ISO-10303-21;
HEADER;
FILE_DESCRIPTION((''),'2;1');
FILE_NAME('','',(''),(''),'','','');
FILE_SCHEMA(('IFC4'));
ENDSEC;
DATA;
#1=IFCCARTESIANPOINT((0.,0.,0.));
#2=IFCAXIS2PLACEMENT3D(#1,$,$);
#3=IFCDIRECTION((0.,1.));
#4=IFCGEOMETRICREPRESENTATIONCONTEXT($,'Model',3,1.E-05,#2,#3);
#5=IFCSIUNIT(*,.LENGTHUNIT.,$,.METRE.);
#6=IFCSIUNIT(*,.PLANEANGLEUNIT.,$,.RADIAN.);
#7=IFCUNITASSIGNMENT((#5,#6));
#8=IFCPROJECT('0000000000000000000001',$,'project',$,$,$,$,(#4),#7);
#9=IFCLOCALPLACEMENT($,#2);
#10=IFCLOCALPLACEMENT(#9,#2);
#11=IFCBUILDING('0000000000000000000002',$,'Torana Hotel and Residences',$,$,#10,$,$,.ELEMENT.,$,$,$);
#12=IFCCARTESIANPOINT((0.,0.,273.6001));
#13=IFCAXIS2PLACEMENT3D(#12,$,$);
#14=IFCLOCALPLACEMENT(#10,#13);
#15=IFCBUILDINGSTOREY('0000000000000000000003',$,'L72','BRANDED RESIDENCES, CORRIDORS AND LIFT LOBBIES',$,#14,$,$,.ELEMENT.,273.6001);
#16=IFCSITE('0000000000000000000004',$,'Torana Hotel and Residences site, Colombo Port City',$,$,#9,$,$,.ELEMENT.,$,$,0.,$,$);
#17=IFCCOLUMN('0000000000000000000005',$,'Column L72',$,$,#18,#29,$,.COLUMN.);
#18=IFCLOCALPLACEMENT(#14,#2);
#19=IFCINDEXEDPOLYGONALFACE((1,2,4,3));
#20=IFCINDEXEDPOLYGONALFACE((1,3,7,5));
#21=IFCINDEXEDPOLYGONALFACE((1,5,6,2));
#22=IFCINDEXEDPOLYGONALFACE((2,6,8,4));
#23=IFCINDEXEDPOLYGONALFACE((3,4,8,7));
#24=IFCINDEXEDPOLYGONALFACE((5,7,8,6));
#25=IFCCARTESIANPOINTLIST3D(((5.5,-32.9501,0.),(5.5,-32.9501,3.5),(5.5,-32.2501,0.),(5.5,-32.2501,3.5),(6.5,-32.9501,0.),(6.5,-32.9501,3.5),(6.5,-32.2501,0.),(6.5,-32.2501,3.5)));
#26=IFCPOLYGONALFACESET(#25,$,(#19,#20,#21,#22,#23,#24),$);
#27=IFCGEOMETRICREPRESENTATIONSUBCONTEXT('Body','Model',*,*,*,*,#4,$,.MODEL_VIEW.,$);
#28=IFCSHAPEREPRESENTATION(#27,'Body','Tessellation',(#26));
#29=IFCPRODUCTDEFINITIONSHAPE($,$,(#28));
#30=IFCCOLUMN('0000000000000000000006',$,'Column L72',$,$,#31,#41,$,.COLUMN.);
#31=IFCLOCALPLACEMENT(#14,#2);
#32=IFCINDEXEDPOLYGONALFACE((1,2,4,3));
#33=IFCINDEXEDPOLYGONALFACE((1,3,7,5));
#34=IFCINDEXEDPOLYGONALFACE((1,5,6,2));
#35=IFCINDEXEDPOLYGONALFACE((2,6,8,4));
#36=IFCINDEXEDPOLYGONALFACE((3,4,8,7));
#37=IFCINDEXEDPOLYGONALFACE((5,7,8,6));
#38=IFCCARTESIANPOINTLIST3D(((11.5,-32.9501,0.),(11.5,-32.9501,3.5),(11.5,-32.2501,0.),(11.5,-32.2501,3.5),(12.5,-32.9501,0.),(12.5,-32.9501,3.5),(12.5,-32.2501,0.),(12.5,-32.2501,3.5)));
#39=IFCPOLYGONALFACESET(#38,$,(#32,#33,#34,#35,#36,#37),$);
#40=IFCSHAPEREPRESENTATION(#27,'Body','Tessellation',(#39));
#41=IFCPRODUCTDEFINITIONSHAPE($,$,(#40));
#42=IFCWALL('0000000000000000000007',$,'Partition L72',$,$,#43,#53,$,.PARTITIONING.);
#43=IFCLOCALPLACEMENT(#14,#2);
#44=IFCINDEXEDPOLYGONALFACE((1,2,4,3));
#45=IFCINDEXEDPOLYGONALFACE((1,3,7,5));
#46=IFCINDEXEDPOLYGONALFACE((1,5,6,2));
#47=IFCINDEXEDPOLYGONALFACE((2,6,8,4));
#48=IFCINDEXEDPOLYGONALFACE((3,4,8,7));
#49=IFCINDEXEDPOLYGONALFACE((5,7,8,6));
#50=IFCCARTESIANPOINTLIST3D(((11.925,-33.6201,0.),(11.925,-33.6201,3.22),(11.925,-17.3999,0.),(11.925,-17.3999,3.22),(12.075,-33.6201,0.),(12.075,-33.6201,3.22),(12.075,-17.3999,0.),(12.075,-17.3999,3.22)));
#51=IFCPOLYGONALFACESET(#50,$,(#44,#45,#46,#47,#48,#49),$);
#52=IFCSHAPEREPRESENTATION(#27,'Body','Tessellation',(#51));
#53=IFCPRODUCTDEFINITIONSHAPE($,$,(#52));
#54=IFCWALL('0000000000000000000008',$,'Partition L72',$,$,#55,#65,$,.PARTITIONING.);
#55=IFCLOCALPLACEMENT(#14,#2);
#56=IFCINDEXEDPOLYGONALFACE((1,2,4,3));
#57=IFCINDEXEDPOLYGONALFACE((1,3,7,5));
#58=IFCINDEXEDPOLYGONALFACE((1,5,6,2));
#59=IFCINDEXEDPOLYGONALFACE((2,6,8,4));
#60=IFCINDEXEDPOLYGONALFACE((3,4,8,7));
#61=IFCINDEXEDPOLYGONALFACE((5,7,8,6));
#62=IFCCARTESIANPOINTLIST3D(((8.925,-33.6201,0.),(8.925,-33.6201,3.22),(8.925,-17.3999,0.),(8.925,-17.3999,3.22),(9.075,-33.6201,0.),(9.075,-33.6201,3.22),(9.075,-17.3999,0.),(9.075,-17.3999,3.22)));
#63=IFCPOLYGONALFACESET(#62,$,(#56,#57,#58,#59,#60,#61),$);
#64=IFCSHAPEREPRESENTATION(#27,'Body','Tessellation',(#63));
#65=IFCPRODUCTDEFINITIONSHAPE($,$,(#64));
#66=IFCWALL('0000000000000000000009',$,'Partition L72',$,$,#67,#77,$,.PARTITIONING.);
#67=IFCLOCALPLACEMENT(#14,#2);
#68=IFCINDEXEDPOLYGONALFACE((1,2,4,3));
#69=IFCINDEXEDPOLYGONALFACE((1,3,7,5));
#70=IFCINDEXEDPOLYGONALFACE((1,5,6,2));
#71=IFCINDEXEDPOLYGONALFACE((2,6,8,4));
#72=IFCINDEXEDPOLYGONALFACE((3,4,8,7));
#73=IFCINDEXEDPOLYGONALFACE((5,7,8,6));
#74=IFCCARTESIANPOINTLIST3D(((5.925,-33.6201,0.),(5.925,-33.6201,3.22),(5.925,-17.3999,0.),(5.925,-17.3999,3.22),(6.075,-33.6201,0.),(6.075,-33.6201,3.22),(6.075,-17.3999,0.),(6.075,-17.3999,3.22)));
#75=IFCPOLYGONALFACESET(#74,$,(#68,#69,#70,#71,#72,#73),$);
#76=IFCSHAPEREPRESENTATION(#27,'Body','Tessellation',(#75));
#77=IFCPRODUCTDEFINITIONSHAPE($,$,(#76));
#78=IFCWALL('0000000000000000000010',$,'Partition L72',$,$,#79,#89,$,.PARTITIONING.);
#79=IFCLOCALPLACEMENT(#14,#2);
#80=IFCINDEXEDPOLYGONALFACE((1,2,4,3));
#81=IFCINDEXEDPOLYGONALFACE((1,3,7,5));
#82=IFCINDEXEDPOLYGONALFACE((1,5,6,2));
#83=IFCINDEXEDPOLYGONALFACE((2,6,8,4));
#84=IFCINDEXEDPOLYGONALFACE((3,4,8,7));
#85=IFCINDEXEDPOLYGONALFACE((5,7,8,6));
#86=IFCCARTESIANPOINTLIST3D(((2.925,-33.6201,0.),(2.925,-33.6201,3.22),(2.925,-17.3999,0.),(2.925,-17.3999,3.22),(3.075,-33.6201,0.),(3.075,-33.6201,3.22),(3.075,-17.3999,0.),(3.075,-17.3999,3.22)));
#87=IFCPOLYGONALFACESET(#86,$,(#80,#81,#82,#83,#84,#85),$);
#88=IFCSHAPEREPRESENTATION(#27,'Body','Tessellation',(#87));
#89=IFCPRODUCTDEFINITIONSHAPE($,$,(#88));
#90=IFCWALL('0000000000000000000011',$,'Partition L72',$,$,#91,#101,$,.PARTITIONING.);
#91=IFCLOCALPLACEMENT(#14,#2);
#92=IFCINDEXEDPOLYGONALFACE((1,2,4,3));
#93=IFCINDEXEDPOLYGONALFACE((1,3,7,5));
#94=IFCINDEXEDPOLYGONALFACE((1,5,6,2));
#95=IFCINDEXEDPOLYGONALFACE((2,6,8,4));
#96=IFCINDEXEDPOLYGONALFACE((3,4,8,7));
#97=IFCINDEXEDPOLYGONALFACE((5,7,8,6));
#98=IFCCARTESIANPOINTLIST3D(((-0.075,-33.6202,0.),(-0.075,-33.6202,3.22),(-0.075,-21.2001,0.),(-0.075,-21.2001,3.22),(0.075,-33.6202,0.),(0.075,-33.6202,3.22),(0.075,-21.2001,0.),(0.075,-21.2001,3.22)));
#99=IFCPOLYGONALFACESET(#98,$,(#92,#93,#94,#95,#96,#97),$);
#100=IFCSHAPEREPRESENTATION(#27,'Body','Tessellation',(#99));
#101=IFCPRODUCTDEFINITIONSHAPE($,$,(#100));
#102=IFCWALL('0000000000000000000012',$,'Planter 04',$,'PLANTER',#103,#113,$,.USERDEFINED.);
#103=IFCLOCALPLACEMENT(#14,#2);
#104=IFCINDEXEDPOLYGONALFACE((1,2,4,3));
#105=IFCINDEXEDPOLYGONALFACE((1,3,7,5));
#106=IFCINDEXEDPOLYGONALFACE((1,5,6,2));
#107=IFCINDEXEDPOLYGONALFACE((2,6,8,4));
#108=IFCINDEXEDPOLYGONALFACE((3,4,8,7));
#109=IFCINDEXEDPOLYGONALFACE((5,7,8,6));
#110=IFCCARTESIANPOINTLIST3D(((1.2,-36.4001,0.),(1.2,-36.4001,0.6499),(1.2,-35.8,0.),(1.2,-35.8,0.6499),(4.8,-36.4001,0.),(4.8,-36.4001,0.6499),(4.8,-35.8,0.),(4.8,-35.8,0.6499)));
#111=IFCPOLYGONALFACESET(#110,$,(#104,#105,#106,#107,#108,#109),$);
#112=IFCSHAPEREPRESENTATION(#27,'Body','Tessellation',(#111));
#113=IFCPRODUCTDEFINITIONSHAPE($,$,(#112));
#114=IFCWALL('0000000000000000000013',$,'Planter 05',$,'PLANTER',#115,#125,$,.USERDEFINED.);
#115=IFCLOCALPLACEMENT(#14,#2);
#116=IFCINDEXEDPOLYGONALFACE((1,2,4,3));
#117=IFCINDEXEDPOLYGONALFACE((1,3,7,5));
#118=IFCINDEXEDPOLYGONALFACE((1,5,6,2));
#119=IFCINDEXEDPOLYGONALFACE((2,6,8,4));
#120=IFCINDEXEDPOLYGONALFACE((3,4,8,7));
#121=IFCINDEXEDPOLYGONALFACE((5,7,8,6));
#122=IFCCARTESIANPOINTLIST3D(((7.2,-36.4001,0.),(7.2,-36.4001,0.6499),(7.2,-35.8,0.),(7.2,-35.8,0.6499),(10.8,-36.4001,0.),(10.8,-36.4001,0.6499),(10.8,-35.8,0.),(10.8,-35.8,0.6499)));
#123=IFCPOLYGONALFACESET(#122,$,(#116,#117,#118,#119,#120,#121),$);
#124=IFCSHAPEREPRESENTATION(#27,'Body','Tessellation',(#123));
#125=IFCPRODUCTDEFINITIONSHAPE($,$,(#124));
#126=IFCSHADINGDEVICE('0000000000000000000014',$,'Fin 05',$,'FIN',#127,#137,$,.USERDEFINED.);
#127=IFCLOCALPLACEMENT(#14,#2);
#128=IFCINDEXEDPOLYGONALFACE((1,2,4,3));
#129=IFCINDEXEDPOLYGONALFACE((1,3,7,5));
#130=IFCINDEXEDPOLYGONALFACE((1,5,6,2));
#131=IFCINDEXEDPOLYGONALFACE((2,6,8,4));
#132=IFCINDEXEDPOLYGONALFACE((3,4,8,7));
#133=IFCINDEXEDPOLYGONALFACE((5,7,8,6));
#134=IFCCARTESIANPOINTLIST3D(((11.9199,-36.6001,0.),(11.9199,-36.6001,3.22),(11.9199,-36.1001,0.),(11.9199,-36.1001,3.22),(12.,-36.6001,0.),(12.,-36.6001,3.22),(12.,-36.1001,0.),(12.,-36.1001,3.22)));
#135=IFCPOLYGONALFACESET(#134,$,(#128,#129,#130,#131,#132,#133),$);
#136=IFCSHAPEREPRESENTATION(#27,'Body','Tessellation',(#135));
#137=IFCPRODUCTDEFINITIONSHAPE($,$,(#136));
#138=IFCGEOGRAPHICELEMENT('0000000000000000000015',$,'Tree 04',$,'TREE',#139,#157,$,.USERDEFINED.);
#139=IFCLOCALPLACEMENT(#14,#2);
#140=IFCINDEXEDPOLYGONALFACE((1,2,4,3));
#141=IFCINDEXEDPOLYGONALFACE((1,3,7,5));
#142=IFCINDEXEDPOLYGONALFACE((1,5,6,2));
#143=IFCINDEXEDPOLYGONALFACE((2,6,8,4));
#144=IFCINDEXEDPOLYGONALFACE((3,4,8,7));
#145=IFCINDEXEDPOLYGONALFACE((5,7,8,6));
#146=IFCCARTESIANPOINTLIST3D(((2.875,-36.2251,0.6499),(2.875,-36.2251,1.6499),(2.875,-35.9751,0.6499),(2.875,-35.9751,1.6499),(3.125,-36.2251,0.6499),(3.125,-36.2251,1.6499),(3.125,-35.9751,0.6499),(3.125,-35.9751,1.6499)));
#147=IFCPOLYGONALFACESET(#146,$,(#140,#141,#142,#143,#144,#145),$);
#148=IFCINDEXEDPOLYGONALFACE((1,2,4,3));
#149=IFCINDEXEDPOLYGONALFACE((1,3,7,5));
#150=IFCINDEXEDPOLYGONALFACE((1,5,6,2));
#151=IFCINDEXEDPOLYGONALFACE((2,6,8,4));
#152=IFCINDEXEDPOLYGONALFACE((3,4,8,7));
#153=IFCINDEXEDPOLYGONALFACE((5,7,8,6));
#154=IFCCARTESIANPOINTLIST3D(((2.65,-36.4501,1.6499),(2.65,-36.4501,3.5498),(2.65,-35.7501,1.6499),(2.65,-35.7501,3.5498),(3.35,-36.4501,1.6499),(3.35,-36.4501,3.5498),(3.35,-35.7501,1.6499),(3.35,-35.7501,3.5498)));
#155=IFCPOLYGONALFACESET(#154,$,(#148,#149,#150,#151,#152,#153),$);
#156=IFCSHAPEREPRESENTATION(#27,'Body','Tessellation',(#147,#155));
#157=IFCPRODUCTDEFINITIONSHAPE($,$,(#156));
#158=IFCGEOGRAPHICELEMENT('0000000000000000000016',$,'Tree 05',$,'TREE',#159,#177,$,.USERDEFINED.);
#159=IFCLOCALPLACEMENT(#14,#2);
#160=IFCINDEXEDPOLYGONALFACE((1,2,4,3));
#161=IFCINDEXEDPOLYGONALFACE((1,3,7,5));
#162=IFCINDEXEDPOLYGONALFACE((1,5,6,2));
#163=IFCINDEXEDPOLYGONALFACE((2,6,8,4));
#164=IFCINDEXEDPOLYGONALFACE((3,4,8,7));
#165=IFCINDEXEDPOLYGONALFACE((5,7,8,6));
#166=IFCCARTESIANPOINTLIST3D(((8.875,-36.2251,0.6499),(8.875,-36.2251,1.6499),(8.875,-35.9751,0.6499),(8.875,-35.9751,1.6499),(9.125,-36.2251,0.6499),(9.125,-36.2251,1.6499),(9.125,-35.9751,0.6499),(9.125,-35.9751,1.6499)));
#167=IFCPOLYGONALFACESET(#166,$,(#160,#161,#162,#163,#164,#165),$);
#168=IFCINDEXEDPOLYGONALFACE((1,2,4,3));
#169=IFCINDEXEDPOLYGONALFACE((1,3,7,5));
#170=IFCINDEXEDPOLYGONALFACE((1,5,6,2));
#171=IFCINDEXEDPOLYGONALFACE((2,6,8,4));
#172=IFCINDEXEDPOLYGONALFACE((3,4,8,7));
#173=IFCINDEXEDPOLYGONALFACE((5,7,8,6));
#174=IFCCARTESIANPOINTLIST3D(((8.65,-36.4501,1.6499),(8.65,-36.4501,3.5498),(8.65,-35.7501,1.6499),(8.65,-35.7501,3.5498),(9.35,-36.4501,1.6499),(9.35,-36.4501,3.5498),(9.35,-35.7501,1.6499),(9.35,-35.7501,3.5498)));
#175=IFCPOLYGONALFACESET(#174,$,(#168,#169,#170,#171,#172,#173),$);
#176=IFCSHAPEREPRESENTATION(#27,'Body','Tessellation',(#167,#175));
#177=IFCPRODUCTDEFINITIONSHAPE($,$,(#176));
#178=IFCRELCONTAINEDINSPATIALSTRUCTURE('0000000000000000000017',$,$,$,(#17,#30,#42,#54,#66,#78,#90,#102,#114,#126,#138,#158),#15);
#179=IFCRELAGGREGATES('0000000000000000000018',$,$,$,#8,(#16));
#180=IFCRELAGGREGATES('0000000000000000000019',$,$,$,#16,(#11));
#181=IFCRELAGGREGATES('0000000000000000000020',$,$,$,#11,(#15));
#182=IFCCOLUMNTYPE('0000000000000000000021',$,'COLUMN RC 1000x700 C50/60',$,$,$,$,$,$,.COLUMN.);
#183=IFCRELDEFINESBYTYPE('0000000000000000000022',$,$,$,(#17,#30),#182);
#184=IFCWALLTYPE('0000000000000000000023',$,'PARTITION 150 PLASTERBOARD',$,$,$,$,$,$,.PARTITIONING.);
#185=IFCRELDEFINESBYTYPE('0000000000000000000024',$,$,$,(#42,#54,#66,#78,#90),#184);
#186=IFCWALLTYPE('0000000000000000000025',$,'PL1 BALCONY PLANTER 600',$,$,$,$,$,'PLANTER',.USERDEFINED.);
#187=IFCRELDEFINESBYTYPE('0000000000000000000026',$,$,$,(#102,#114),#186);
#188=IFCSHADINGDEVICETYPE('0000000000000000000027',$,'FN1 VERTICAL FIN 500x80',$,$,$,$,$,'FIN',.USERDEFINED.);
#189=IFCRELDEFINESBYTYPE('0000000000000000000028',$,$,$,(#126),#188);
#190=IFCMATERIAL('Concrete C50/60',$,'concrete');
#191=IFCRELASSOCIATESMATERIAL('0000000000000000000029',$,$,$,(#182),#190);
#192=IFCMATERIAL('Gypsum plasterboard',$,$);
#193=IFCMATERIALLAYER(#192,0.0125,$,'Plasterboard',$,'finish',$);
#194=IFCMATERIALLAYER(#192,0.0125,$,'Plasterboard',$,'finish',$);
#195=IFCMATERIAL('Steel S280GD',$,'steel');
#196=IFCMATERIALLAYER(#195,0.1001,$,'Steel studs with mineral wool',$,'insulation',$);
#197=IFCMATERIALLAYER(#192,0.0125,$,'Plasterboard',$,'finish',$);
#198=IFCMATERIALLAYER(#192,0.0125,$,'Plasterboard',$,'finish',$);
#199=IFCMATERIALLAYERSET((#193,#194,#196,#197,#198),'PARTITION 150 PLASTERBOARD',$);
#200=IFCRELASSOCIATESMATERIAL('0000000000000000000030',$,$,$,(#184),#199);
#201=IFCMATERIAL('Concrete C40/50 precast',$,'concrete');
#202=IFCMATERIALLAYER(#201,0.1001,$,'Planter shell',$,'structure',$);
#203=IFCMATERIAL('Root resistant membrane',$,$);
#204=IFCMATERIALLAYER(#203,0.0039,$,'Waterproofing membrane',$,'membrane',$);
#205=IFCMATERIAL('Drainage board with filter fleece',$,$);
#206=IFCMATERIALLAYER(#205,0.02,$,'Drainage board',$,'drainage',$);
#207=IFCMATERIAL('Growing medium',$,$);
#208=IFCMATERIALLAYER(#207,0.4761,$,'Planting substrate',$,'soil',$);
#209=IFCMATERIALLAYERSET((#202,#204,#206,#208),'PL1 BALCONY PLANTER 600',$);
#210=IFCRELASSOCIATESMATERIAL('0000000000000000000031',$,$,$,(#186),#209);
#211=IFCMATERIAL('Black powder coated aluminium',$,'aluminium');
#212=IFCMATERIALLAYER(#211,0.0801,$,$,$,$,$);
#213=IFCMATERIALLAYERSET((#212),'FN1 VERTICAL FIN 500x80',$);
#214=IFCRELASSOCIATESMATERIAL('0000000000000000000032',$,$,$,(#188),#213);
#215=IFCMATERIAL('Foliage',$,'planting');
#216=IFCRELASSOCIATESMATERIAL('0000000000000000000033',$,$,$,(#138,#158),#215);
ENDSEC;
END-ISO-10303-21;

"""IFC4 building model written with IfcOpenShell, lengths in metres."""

from ifc_helpers import new_model, si_unit, direction, frame, frame_2d, origin, origin_2d, place, context, subcontext, project, spatial, rectangle, extrude, material, layer, layer_set, material_profile, profile_set, type_object, element, save


model = new_model("IFC4")

# Units and contexts
model_context = context("Model", 3, precision=1e-05, world=origin(), true_north=direction((0.0, 1.0)))
body_context = subcontext(model_context, "Body", "Model", "MODEL_VIEW")
ifc_project = project(units=[si_unit("LENGTHUNIT", "METRE"), si_unit("PLANEANGLEUNIT", "RADIAN")], contexts=[model_context])

# Site, building, storey
site_placement = place(None, origin())
site = spatial("IfcSite", under=ifc_project, at=site_placement, Name="Torana Hotel and Residences site, Colombo Port City", CompositionType="ELEMENT", RefElevation=0.0)
building_placement = place(site_placement, origin())
building = spatial("IfcBuilding", under=site, at=building_placement, Name="Torana Hotel and Residences", CompositionType="ELEMENT")
storey_placement = place(building_placement, frame((0.0, 0.0, 273.6001)))
storey = spatial("IfcBuildingStorey", under=building, at=storey_placement, Name="L72", Description="BRANDED RESIDENCES, CORRIDORS AND LIFT LOBBIES", CompositionType="ELEMENT", Elevation=273.6001)

# Columns
ifc_material_1 = material(Name="Concrete C50/60", Category="concrete")
ifc_material_profile = material_profile(ifc_material_1, rectangle(XDim=1.0, YDim=0.7, at=origin_2d()), Name="RC 1000x700")
ifc_profile_set = profile_set([ifc_material_profile], Name="Concrete C50/60")
column_type = type_object("IfcColumnType", Name="COLUMN RC 1000x700 C50/60", PredefinedType="COLUMN", material=ifc_profile_set)
for number, where, z_axis, x_axis, name in (
    (1, (6.0, -32.6001, 0.0), (0.0, 0.0, 1.0), (1.0, 0.0, 0.0), "Column L72"),
    (2, (12.0, -32.6001, 0.0), (0.0, 0.0, 1.0), (1.0, 0.0, 0.0), "Column L72"),
):
    element("IfcColumn", number, at=place(storey_placement, frame(where, z_axis=z_axis, x_axis=x_axis)), inside=storey, type_object=column_type, Name=name, PredefinedType="COLUMN", context=body_context, shape_type="SweptSolid", body=[
        extrude(rectangle(XDim=1.0, YDim=0.7, at=origin_2d()), origin(), (0.0, 0.0, 1.0), 3.5),
    ])

# Walls
ifc_material_2 = material(Name="Gypsum plasterboard")
ifc_layer_1 = layer(ifc_material_2, 0.0125, Name="Plasterboard", Category="finish")
ifc_layer_2 = layer(ifc_material_2, 0.0125, Name="Plasterboard", Category="finish")
ifc_material_3 = material(Name="Steel S280GD", Category="steel")
ifc_layer_3 = layer(ifc_material_3, 0.1001, Name="Steel studs with mineral wool", Category="insulation")
ifc_layer_4 = layer(ifc_material_2, 0.0125, Name="Plasterboard", Category="finish")
ifc_layer_5 = layer(ifc_material_2, 0.0125, Name="Plasterboard", Category="finish")
ifc_layer_set_1 = layer_set([ifc_layer_1, ifc_layer_2, ifc_layer_3, ifc_layer_4, ifc_layer_5], Name="PARTITION 150 PLASTERBOARD")
wall_type_1 = type_object("IfcWallType", Name="PARTITION 150 PLASTERBOARD", PredefinedType="PARTITIONING", material=ifc_layer_set_1)
for number, where, z_axis, x_axis, name in (
    (3, (12.0, -33.6201, 0.0), (0.0, 0.0, 1.0), (0.0, 1.0, 0.0), "Partition L72"),
    (4, (9.0, -33.6201, 0.0), (0.0, 0.0, 1.0), (0.0, 1.0, 0.0), "Partition L72"),
    (5, (6.0, -33.6201, 0.0), (0.0, 0.0, 1.0), (0.0, 1.0, 0.0), "Partition L72"),
    (6, (3.0, -33.6201, 0.0), (0.0, 0.0, 1.0), (0.0, 1.0, 0.0), "Partition L72"),
):
    element("IfcWall", number, at=place(storey_placement, frame(where, z_axis=z_axis, x_axis=x_axis)), inside=storey, type_object=wall_type_1, Name=name, PredefinedType="PARTITIONING", context=body_context, shape_type="SweptSolid", body=[
        extrude(rectangle(XDim=16.2202, YDim=0.1499, at=frame_2d((8.1101, 0.0))), origin(), (0.0, 0.0, 1.0), 3.22),
    ])
wall_placement = place(storey_placement, frame((0.0, -33.6201, 0.0), z_axis=(0.0, 0.0, 1.0), x_axis=(0.0, 1.0, 0.0)))
element("IfcWall", 7, at=wall_placement, inside=storey, type_object=wall_type_1, Name="Partition L72", PredefinedType="PARTITIONING", context=body_context, shape_type="SweptSolid", body=[
    extrude(rectangle(XDim=12.4202, YDim=0.1499, at=frame_2d((6.21, 0.0))), origin(), (0.0, 0.0, 1.0), 3.22),
])
ifc_material_4 = material(Name="Concrete C40/50 precast", Category="concrete")
ifc_layer_6 = layer(ifc_material_4, 0.1001, Name="Planter shell", Category="structure")
ifc_material_5 = material(Name="Root resistant membrane")
ifc_layer_7 = layer(ifc_material_5, 0.0039, Name="Waterproofing membrane", Category="membrane")
ifc_material_6 = material(Name="Drainage board with filter fleece")
ifc_layer_8 = layer(ifc_material_6, 0.02, Name="Drainage board", Category="drainage")
ifc_material_7 = material(Name="Growing medium")
ifc_layer_9 = layer(ifc_material_7, 0.4761, Name="Planting substrate", Category="soil")
ifc_layer_set_2 = layer_set([ifc_layer_6, ifc_layer_7, ifc_layer_8, ifc_layer_9], Name="PL1 BALCONY PLANTER 600")
wall_type_2 = type_object("IfcWallType", Name="PL1 BALCONY PLANTER 600", ElementType="PLANTER", PredefinedType="USERDEFINED", material=ifc_layer_set_2)
for number, where, z_axis, x_axis, name in (
    (8, (4.8, -36.1001, 0.0), (0.0, 0.0, 1.0), (-1.0, 0.0, 0.0), "Planter 04"),
    (9, (10.8, -36.1001, 0.0), (0.0, 0.0, 1.0), (-1.0, 0.0, 0.0), "Planter 05"),
):
    element("IfcWall", number, at=place(storey_placement, frame(where, z_axis=z_axis, x_axis=x_axis)), inside=storey, type_object=wall_type_2, Name=name, ObjectType="PLANTER", PredefinedType="USERDEFINED", context=body_context, shape_type="SweptSolid", body=[
        extrude(rectangle(XDim=3.6001, YDim=0.6001, at=frame_2d((1.8, 0.0))), origin(), (0.0, 0.0, 1.0), 0.6499),
    ])

# Shading device
ifc_material_8 = material(Name="Black powder coated aluminium", Category="aluminium")
ifc_layer_10 = layer(ifc_material_8, 0.0801)
ifc_layer_set_3 = layer_set([ifc_layer_10], Name="FN1 VERTICAL FIN 500x80")
shading_device_type = type_object("IfcShadingDeviceType", Name="FN1 VERTICAL FIN 500x80", ElementType="FIN", PredefinedType="USERDEFINED", material=ifc_layer_set_3)
shading_device_placement = place(storey_placement, frame((11.96, -36.3501, 0.0), z_axis=(0.0, 0.0, 1.0), x_axis=(-1.0, 0.0, 0.0)))
element("IfcShadingDevice", 10, at=shading_device_placement, inside=storey, type_object=shading_device_type, Name="Fin 05", ObjectType="FIN", PredefinedType="USERDEFINED", context=body_context, shape_type="SweptSolid", body=[
    extrude(rectangle(XDim=0.0801, YDim=0.5, at=origin_2d()), origin(), (0.0, 0.0, 1.0), 3.22),
])

# Geographic elements
ifc_material_9 = material(Name="Foliage", Category="planting")
for number, where, z_axis, x_axis, name in (
    (11, (3.0, -36.1001, 0.6499), (0.0, 0.0, 1.0), (1.0, 0.0, 0.0), "Tree 04"),
    (12, (9.0, -36.1001, 0.6499), (0.0, 0.0, 1.0), (1.0, 0.0, 0.0), "Tree 05"),
):
    element("IfcGeographicElement", number, at=place(storey_placement, frame(where, z_axis=z_axis, x_axis=x_axis)), inside=storey, material=ifc_material_9, Name=name, ObjectType="TREE", PredefinedType="USERDEFINED", context=body_context, shape_type="SweptSolid", body=[
        extrude(rectangle(XDim=0.25, YDim=0.25, at=origin_2d()), origin(), (0.0, 0.0, 1.0), 1.0),
        extrude(rectangle(XDim=0.7, YDim=0.7, at=origin_2d()), frame((0.0, 0.0, 1.0)), (0.0, 0.0, 1.0), 1.8999),
    ])

save(model, "model.ifc")
